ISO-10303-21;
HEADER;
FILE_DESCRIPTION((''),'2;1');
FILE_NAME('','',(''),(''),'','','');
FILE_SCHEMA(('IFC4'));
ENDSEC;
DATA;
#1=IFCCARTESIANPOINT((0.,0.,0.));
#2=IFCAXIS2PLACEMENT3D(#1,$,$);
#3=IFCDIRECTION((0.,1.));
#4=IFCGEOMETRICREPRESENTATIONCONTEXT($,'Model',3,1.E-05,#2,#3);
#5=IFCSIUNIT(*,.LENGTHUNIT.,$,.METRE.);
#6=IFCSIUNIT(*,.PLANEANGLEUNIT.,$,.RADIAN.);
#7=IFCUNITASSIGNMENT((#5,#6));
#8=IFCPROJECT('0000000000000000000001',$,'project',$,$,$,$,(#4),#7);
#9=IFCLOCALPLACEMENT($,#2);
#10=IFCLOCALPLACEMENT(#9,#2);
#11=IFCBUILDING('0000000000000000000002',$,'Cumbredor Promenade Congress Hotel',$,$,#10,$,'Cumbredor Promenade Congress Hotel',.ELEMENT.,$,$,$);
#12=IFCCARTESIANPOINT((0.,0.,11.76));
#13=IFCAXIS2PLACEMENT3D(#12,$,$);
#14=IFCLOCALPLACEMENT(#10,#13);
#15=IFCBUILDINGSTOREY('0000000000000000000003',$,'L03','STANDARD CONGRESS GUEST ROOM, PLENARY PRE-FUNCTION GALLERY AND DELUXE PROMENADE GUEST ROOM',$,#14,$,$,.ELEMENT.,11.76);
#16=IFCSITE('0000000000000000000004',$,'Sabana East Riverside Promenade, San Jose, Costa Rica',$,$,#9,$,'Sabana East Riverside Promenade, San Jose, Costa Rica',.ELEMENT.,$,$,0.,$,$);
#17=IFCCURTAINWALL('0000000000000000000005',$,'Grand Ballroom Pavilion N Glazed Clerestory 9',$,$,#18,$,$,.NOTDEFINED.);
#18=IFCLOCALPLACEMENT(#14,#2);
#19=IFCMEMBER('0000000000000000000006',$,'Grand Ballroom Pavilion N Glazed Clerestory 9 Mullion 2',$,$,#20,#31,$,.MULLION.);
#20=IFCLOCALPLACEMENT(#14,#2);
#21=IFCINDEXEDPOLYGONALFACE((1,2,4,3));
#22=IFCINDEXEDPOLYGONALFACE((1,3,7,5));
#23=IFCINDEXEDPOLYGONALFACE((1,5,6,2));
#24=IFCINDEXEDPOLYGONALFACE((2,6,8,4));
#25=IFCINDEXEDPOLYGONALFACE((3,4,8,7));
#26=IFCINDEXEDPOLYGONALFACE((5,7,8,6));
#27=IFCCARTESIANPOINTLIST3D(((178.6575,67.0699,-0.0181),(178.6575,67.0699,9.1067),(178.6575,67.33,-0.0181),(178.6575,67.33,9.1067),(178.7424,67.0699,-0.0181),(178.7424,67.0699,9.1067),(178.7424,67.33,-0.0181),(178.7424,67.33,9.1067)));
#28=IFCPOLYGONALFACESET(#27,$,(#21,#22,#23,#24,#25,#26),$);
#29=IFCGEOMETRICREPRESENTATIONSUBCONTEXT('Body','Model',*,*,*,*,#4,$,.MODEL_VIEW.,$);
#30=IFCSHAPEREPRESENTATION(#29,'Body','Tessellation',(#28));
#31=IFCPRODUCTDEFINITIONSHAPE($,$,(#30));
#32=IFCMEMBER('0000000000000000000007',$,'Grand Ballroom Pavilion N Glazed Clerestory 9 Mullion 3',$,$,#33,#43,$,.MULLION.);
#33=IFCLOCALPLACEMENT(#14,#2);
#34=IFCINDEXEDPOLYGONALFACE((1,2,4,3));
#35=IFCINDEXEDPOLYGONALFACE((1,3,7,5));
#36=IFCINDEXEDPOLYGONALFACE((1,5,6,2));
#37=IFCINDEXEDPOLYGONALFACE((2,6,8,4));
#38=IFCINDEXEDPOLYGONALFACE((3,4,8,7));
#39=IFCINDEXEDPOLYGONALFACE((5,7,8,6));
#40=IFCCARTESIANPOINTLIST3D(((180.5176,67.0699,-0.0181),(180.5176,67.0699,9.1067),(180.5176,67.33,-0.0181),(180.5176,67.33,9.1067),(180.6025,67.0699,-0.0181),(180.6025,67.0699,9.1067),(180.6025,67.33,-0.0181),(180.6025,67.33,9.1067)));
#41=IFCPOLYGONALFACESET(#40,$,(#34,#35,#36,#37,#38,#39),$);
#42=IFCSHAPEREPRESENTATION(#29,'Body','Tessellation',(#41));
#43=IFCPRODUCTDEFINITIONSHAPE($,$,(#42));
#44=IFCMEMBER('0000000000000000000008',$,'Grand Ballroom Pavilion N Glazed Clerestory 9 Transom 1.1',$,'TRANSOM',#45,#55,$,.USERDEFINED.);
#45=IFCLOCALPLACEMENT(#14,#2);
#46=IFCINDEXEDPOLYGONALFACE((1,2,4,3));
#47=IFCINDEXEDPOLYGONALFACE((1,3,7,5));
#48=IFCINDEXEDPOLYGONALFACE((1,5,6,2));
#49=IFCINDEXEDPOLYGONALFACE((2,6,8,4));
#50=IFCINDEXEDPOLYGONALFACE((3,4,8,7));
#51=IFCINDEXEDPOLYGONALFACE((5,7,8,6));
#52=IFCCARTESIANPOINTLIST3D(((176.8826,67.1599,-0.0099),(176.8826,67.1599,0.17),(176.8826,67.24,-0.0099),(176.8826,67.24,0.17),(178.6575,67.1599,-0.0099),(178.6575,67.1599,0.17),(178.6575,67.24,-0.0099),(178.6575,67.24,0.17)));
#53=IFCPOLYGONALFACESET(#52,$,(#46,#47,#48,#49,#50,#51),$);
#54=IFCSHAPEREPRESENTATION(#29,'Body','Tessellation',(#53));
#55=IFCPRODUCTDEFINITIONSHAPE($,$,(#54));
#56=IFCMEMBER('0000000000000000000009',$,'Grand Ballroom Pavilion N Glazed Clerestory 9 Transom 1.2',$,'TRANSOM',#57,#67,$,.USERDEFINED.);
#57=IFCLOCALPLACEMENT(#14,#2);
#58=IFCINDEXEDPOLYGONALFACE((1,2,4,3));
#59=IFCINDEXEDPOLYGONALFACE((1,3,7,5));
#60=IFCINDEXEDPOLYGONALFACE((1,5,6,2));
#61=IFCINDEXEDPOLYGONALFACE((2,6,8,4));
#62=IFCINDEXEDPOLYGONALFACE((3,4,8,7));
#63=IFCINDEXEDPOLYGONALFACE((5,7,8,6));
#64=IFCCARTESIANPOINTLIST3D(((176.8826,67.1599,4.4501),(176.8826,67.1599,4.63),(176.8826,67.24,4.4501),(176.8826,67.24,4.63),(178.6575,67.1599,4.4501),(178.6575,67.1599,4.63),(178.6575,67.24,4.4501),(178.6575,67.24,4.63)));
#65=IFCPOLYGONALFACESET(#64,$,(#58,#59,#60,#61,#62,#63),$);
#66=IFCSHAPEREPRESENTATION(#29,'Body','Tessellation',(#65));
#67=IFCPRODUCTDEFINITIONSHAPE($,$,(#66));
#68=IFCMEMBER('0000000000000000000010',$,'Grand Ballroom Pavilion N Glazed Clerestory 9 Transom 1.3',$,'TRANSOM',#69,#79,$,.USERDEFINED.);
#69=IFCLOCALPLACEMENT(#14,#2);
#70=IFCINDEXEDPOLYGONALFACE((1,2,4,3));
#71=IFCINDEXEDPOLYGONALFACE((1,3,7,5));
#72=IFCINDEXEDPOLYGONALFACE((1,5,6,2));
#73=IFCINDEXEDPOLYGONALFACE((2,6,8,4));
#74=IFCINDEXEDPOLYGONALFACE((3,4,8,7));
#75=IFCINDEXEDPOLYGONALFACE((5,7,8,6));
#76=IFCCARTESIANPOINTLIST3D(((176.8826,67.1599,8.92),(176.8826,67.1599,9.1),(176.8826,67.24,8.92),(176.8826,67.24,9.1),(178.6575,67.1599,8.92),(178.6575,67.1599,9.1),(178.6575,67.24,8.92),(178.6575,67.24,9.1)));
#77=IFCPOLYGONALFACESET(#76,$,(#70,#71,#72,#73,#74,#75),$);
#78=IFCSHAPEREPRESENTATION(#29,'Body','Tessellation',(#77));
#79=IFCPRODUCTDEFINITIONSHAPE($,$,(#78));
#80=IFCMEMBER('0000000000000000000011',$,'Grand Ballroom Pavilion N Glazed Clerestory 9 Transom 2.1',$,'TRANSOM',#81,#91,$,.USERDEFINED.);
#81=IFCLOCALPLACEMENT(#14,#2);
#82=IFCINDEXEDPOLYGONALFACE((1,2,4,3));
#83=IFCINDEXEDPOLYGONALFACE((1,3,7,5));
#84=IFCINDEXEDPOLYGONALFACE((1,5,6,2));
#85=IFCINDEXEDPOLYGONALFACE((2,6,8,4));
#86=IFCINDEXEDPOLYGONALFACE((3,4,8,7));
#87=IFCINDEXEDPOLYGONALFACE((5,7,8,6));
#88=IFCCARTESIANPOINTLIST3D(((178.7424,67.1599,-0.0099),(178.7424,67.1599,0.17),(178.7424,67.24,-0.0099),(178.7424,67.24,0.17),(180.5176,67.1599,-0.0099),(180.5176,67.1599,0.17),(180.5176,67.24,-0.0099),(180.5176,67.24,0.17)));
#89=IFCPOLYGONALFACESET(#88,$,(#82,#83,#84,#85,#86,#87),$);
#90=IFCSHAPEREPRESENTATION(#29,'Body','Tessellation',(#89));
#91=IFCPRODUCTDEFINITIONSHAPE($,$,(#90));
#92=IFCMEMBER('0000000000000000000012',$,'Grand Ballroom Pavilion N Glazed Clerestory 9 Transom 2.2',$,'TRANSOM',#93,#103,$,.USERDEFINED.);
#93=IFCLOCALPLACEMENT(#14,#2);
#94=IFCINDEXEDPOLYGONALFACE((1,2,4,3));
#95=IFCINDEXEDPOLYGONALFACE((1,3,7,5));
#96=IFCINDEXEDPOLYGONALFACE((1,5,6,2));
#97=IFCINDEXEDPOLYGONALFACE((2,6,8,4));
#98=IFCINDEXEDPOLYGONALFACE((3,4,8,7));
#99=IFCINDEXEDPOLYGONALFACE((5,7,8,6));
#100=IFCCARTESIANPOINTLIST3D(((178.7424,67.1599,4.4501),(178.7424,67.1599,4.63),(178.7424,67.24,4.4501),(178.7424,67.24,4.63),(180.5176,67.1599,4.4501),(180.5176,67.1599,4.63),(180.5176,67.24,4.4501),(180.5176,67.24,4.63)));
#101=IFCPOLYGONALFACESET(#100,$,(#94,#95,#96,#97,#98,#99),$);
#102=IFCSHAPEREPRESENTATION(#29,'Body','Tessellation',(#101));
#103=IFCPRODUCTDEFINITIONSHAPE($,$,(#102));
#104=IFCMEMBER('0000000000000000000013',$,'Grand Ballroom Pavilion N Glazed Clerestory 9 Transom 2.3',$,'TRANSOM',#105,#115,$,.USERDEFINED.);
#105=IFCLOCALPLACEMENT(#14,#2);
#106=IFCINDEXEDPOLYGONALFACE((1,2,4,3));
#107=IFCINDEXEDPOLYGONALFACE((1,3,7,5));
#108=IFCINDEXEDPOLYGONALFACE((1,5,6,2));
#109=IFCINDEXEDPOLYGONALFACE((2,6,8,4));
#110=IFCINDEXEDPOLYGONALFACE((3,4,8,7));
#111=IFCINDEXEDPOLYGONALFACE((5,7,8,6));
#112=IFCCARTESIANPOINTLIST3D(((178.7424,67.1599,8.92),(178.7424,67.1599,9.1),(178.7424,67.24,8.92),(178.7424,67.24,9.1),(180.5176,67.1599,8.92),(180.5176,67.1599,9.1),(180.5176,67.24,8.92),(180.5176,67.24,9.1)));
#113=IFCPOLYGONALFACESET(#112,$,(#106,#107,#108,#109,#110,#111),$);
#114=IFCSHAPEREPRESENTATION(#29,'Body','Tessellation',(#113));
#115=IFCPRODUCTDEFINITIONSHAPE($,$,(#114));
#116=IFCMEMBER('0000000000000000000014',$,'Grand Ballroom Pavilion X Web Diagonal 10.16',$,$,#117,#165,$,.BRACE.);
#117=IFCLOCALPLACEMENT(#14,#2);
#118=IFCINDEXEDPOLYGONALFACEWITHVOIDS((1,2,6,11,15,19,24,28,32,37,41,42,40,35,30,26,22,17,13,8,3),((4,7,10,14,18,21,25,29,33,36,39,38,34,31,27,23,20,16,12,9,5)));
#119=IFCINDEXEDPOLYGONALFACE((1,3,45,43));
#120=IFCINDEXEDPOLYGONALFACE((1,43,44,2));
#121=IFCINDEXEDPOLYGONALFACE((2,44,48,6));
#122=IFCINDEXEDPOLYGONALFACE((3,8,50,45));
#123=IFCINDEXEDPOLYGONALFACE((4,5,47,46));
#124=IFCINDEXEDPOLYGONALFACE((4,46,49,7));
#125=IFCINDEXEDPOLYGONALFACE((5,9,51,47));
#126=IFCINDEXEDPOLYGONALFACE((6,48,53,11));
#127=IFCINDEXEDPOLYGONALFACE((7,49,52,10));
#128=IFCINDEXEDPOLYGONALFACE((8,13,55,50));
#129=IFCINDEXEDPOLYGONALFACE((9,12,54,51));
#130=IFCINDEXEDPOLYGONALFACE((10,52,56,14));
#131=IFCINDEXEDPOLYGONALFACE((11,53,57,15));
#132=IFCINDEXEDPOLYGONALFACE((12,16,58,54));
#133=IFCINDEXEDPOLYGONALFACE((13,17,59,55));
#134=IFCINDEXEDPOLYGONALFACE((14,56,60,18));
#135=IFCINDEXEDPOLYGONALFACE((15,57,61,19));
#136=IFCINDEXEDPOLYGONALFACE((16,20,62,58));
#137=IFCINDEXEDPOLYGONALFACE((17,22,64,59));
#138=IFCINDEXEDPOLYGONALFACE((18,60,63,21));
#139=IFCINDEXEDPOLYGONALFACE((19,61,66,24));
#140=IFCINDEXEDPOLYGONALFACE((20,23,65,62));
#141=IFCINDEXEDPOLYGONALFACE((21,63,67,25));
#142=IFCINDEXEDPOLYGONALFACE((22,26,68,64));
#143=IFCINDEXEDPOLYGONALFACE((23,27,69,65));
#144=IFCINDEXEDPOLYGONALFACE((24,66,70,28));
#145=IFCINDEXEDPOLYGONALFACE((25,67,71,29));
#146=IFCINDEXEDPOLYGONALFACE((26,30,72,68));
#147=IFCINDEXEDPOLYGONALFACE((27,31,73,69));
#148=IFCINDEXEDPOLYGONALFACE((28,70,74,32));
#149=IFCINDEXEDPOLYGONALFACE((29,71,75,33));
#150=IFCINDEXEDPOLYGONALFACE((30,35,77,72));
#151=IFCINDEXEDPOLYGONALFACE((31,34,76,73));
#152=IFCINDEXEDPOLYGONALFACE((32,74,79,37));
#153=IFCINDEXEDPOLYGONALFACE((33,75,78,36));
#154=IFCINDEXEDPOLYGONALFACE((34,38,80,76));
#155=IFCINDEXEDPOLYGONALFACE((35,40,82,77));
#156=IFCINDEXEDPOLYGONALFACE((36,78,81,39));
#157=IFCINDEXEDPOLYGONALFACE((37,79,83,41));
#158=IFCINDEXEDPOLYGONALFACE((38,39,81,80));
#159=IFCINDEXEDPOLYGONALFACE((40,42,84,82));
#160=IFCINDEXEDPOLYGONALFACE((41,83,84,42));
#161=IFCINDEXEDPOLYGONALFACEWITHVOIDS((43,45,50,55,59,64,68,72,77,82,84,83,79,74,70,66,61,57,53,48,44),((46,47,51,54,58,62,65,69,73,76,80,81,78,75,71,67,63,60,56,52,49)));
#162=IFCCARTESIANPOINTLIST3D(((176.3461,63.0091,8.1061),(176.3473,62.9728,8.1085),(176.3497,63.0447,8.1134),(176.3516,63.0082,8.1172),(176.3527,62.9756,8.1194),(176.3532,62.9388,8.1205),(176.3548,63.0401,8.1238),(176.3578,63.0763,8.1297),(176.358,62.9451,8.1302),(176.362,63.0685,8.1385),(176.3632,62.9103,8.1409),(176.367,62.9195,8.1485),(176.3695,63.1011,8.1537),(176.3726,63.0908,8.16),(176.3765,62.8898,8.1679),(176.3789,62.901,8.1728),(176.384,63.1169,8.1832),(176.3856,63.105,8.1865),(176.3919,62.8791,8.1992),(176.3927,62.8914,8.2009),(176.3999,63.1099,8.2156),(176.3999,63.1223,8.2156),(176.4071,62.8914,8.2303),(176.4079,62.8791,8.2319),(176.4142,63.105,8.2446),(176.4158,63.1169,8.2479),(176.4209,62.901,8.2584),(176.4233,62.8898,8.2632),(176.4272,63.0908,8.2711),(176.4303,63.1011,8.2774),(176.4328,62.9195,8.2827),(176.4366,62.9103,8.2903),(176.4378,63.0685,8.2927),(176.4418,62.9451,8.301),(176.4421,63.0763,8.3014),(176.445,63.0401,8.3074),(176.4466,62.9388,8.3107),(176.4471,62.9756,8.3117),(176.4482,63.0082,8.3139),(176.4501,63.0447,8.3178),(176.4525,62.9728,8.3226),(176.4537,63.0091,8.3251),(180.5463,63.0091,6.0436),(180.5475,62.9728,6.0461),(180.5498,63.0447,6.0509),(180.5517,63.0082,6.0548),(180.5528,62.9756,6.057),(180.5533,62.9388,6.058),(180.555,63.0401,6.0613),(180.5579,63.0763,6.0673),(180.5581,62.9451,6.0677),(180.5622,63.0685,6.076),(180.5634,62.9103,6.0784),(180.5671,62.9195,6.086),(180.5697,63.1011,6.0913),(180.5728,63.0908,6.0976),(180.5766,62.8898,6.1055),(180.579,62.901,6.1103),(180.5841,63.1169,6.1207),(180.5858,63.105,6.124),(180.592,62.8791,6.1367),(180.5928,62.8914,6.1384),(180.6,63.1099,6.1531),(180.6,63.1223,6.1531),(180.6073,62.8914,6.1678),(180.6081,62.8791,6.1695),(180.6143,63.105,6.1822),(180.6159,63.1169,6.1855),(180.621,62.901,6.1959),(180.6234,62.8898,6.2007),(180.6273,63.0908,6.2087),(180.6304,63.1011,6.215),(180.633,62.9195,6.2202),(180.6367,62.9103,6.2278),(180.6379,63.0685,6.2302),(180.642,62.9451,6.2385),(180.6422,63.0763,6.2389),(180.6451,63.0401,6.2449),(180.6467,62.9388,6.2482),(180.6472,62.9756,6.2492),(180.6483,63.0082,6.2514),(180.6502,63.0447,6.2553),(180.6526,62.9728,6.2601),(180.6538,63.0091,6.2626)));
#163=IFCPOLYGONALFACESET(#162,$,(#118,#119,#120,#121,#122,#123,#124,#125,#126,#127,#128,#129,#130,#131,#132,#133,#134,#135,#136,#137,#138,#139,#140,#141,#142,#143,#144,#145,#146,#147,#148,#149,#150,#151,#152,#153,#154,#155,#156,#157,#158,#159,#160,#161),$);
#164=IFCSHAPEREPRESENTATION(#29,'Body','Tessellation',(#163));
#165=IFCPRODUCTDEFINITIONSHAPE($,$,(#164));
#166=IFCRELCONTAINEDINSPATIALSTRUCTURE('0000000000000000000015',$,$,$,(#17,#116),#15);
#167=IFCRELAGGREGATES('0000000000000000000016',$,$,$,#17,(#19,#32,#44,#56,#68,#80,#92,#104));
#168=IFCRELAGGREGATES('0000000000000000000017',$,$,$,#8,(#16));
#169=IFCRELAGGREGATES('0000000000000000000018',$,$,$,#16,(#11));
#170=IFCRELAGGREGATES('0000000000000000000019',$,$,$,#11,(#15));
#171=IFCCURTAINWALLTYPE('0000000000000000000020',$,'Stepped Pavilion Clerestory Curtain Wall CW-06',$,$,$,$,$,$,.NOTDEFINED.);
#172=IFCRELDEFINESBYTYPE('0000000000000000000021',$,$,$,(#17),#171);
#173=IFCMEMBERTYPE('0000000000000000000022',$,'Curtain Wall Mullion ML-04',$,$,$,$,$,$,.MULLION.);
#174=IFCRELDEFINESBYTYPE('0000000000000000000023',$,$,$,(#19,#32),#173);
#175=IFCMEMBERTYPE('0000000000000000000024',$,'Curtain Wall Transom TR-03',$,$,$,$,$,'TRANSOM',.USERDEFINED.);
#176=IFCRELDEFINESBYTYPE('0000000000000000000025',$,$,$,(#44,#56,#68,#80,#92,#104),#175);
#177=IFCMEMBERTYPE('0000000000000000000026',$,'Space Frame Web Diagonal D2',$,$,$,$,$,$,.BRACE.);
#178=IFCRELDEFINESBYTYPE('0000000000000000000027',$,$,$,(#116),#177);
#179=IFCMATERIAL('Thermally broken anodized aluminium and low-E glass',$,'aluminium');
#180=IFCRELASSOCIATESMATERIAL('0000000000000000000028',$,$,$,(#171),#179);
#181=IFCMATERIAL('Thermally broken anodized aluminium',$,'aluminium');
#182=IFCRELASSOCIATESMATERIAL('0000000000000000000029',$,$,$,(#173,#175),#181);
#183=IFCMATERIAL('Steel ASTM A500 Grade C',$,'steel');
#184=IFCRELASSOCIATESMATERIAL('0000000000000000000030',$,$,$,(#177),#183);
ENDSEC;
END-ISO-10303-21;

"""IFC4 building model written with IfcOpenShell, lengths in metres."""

from ifc_helpers import new_model, si_unit, direction, frame, origin, origin_2d, place, context, subcontext, project, spatial, rectangle, hollow_circle, extrude, material, material_profile, profile_set, type_object, element, aggregate, save


model = new_model("IFC4")

# Units and contexts
model_context = context("Model", 3, precision=1e-05, world=origin(), true_north=direction((0.0, 1.0)))
body_context = subcontext(model_context, "Body", "Model", "MODEL_VIEW")
ifc_project = project(units=[si_unit("LENGTHUNIT", "METRE"), si_unit("PLANEANGLEUNIT", "RADIAN")], contexts=[model_context])

# Site, building, storey
site_placement = place(None, origin())
site = spatial("IfcSite", under=ifc_project, at=site_placement, Name="Sabana East Riverside Promenade, San Jose, Costa Rica", LongName="Sabana East Riverside Promenade, San Jose, Costa Rica", CompositionType="ELEMENT", RefElevation=0.0)
building_placement = place(site_placement, origin())
building = spatial("IfcBuilding", under=site, at=building_placement, Name="Cumbredor Promenade Congress Hotel", LongName="Cumbredor Promenade Congress Hotel", CompositionType="ELEMENT")
storey_placement = place(building_placement, frame((0.0, 0.0, 11.76)))
storey = spatial("IfcBuildingStorey", under=building, at=storey_placement, Name="L03", Description="STANDARD CONGRESS GUEST ROOM, PLENARY PRE-FUNCTION GALLERY AND DELUXE PROMENADE GUEST ROOM", CompositionType="ELEMENT", Elevation=11.76)

# Shared definitions
ifc_material_1 = material(Name="Steel ASTM A500 Grade C", Category="steel")

# Curtain wall, members
ifc_material_2 = material(Name="Thermally broken anodized aluminium and low-E glass", Category="aluminium")
curtain_wall_type = type_object("IfcCurtainWallType", Name="Stepped Pavilion Clerestory Curtain Wall CW-06", PredefinedType="NOTDEFINED", material=ifc_material_2)
curtain_wall_placement = place(storey_placement, origin())
curtain_wall = element("IfcCurtainWall", 1, at=curtain_wall_placement, inside=storey, type_object=curtain_wall_type, Name="Grand Ballroom Pavilion N Glazed Clerestory 9", PredefinedType="NOTDEFINED")
ifc_material_3 = material(Name="Thermally broken anodized aluminium", Category="aluminium")
ifc_material_profile_1 = material_profile(ifc_material_3, rectangle(XDim=0.085, YDim=0.26, at=origin_2d()), Name="ALU MULLION CLERESTORY 85x260")
ifc_profile_set_1 = profile_set([ifc_material_profile_1], Name="Thermally broken anodized aluminium")
member_type_1 = type_object("IfcMemberType", Name="Curtain Wall Mullion ML-04", PredefinedType="MULLION", material=ifc_profile_set_1)
member_1_placement = place(storey_placement, frame((178.7, 67.2, -0.0181), z_axis=(0.0, 0.0, 1.0), x_axis=(1.0, 0.0, 0.0)))
member_1 = element("IfcMember", 2, at=member_1_placement, type_object=member_type_1, Name="Grand Ballroom Pavilion N Glazed Clerestory 9 Mullion 2", PredefinedType="MULLION", context=body_context, shape_type="SweptSolid", body=[
    extrude(rectangle(XDim=0.085, YDim=0.26, at=origin_2d()), origin(), (0.0, 0.0, 1.0), 9.1248),
])
member_2_placement = place(storey_placement, frame((180.5601, 67.2, -0.0181), z_axis=(0.0, 0.0, 1.0), x_axis=(1.0, 0.0, 0.0)))
member_2 = element("IfcMember", 3, at=member_2_placement, type_object=member_type_1, Name="Grand Ballroom Pavilion N Glazed Clerestory 9 Mullion 3", PredefinedType="MULLION", context=body_context, shape_type="SweptSolid", body=[
    extrude(rectangle(XDim=0.085, YDim=0.26, at=origin_2d()), origin(), (0.0, 0.0, 1.0), 9.1248),
])
ifc_material_profile_2 = material_profile(ifc_material_3, rectangle(XDim=0.0801, YDim=0.1799, at=origin_2d()), Name="ALU TRANSOM 80x180")
ifc_profile_set_2 = profile_set([ifc_material_profile_2], Name="Thermally broken anodized aluminium")
member_type_2 = type_object("IfcMemberType", Name="Curtain Wall Transom TR-03", ElementType="TRANSOM", PredefinedType="USERDEFINED", material=ifc_profile_set_2)
member_3_placement = place(storey_placement, frame((176.8826, 67.2, 0.0801), z_axis=(1.0, 0.0, 0.0), x_axis=(0.0, 1.0, 0.0)))
member_3 = element("IfcMember", 4, at=member_3_placement, type_object=member_type_2, Name="Grand Ballroom Pavilion N Glazed Clerestory 9 Transom 1.1", ObjectType="TRANSOM", PredefinedType="USERDEFINED", context=body_context, shape_type="SweptSolid", body=[
    extrude(rectangle(XDim=0.0801, YDim=0.1799, at=origin_2d()), origin(), (0.0, 0.0, 1.0), 1.7749),
])
member_4_placement = place(storey_placement, frame((176.8826, 67.2, 4.54), z_axis=(1.0, 0.0, 0.0), x_axis=(0.0, 1.0, 0.0)))
member_4 = element("IfcMember", 5, at=member_4_placement, type_object=member_type_2, Name="Grand Ballroom Pavilion N Glazed Clerestory 9 Transom 1.2", ObjectType="TRANSOM", PredefinedType="USERDEFINED", context=body_context, shape_type="SweptSolid", body=[
    extrude(rectangle(XDim=0.0801, YDim=0.1799, at=origin_2d()), origin(), (0.0, 0.0, 1.0), 1.7749),
])
member_5_placement = place(storey_placement, frame((176.8826, 67.2, 9.01), z_axis=(1.0, 0.0, 0.0), x_axis=(0.0, 1.0, 0.0)))
member_5 = element("IfcMember", 6, at=member_5_placement, type_object=member_type_2, Name="Grand Ballroom Pavilion N Glazed Clerestory 9 Transom 1.3", ObjectType="TRANSOM", PredefinedType="USERDEFINED", context=body_context, shape_type="SweptSolid", body=[
    extrude(rectangle(XDim=0.0801, YDim=0.1799, at=origin_2d()), origin(), (0.0, 0.0, 1.0), 1.7749),
])
member_6_placement = place(storey_placement, frame((178.7424, 67.2, 0.0801), z_axis=(1.0, 0.0, 0.0), x_axis=(0.0, 1.0, 0.0)))
member_6 = element("IfcMember", 7, at=member_6_placement, type_object=member_type_2, Name="Grand Ballroom Pavilion N Glazed Clerestory 9 Transom 2.1", ObjectType="TRANSOM", PredefinedType="USERDEFINED", context=body_context, shape_type="SweptSolid", body=[
    extrude(rectangle(XDim=0.0801, YDim=0.1799, at=origin_2d()), origin(), (0.0, 0.0, 1.0), 1.7751),
])
member_7_placement = place(storey_placement, frame((178.7424, 67.2, 4.54), z_axis=(1.0, 0.0, 0.0), x_axis=(0.0, 1.0, 0.0)))
member_7 = element("IfcMember", 8, at=member_7_placement, type_object=member_type_2, Name="Grand Ballroom Pavilion N Glazed Clerestory 9 Transom 2.2", ObjectType="TRANSOM", PredefinedType="USERDEFINED", context=body_context, shape_type="SweptSolid", body=[
    extrude(rectangle(XDim=0.0801, YDim=0.1799, at=origin_2d()), origin(), (0.0, 0.0, 1.0), 1.7751),
])
member_8_placement = place(storey_placement, frame((178.7424, 67.2, 9.01), z_axis=(1.0, 0.0, 0.0), x_axis=(0.0, 1.0, 0.0)))
member_8 = element("IfcMember", 9, at=member_8_placement, type_object=member_type_2, Name="Grand Ballroom Pavilion N Glazed Clerestory 9 Transom 2.3", ObjectType="TRANSOM", PredefinedType="USERDEFINED", context=body_context, shape_type="SweptSolid", body=[
    extrude(rectangle(XDim=0.0801, YDim=0.1799, at=origin_2d()), origin(), (0.0, 0.0, 1.0), 1.7751),
])

# Member
ifc_material_profile_3 = material_profile(ifc_material_1, hollow_circle(Radius=0.1223, WallThickness=0.0125, at=origin_2d()), Name="CHS 244.5x12.5")
ifc_profile_set_3 = profile_set([ifc_material_profile_3], Name="Steel ASTM A500 Grade C")
member_type_3 = type_object("IfcMemberType", Name="Space Frame Web Diagonal D2", PredefinedType="BRACE", material=ifc_profile_set_3)
member_9_placement = place(storey_placement, frame((176.3999, 63.0, 8.2156), z_axis=(0.897618, 0.0, -0.440774), x_axis=(0.0, 1.0, 0.0)))
element("IfcMember", 10, at=member_9_placement, inside=storey, type_object=member_type_3, Name="Grand Ballroom Pavilion X Web Diagonal 10.16", PredefinedType="BRACE", context=body_context, shape_type="SweptSolid", body=[
    extrude(hollow_circle(Radius=0.1223, WallThickness=0.0125, at=origin_2d()), origin(), (0.0, 0.0, 1.0), 4.6792),
])

aggregate(curtain_wall, [member_1, member_2, member_3, member_4, member_5, member_6, member_7, member_8])

save(model, "model.ifc")
